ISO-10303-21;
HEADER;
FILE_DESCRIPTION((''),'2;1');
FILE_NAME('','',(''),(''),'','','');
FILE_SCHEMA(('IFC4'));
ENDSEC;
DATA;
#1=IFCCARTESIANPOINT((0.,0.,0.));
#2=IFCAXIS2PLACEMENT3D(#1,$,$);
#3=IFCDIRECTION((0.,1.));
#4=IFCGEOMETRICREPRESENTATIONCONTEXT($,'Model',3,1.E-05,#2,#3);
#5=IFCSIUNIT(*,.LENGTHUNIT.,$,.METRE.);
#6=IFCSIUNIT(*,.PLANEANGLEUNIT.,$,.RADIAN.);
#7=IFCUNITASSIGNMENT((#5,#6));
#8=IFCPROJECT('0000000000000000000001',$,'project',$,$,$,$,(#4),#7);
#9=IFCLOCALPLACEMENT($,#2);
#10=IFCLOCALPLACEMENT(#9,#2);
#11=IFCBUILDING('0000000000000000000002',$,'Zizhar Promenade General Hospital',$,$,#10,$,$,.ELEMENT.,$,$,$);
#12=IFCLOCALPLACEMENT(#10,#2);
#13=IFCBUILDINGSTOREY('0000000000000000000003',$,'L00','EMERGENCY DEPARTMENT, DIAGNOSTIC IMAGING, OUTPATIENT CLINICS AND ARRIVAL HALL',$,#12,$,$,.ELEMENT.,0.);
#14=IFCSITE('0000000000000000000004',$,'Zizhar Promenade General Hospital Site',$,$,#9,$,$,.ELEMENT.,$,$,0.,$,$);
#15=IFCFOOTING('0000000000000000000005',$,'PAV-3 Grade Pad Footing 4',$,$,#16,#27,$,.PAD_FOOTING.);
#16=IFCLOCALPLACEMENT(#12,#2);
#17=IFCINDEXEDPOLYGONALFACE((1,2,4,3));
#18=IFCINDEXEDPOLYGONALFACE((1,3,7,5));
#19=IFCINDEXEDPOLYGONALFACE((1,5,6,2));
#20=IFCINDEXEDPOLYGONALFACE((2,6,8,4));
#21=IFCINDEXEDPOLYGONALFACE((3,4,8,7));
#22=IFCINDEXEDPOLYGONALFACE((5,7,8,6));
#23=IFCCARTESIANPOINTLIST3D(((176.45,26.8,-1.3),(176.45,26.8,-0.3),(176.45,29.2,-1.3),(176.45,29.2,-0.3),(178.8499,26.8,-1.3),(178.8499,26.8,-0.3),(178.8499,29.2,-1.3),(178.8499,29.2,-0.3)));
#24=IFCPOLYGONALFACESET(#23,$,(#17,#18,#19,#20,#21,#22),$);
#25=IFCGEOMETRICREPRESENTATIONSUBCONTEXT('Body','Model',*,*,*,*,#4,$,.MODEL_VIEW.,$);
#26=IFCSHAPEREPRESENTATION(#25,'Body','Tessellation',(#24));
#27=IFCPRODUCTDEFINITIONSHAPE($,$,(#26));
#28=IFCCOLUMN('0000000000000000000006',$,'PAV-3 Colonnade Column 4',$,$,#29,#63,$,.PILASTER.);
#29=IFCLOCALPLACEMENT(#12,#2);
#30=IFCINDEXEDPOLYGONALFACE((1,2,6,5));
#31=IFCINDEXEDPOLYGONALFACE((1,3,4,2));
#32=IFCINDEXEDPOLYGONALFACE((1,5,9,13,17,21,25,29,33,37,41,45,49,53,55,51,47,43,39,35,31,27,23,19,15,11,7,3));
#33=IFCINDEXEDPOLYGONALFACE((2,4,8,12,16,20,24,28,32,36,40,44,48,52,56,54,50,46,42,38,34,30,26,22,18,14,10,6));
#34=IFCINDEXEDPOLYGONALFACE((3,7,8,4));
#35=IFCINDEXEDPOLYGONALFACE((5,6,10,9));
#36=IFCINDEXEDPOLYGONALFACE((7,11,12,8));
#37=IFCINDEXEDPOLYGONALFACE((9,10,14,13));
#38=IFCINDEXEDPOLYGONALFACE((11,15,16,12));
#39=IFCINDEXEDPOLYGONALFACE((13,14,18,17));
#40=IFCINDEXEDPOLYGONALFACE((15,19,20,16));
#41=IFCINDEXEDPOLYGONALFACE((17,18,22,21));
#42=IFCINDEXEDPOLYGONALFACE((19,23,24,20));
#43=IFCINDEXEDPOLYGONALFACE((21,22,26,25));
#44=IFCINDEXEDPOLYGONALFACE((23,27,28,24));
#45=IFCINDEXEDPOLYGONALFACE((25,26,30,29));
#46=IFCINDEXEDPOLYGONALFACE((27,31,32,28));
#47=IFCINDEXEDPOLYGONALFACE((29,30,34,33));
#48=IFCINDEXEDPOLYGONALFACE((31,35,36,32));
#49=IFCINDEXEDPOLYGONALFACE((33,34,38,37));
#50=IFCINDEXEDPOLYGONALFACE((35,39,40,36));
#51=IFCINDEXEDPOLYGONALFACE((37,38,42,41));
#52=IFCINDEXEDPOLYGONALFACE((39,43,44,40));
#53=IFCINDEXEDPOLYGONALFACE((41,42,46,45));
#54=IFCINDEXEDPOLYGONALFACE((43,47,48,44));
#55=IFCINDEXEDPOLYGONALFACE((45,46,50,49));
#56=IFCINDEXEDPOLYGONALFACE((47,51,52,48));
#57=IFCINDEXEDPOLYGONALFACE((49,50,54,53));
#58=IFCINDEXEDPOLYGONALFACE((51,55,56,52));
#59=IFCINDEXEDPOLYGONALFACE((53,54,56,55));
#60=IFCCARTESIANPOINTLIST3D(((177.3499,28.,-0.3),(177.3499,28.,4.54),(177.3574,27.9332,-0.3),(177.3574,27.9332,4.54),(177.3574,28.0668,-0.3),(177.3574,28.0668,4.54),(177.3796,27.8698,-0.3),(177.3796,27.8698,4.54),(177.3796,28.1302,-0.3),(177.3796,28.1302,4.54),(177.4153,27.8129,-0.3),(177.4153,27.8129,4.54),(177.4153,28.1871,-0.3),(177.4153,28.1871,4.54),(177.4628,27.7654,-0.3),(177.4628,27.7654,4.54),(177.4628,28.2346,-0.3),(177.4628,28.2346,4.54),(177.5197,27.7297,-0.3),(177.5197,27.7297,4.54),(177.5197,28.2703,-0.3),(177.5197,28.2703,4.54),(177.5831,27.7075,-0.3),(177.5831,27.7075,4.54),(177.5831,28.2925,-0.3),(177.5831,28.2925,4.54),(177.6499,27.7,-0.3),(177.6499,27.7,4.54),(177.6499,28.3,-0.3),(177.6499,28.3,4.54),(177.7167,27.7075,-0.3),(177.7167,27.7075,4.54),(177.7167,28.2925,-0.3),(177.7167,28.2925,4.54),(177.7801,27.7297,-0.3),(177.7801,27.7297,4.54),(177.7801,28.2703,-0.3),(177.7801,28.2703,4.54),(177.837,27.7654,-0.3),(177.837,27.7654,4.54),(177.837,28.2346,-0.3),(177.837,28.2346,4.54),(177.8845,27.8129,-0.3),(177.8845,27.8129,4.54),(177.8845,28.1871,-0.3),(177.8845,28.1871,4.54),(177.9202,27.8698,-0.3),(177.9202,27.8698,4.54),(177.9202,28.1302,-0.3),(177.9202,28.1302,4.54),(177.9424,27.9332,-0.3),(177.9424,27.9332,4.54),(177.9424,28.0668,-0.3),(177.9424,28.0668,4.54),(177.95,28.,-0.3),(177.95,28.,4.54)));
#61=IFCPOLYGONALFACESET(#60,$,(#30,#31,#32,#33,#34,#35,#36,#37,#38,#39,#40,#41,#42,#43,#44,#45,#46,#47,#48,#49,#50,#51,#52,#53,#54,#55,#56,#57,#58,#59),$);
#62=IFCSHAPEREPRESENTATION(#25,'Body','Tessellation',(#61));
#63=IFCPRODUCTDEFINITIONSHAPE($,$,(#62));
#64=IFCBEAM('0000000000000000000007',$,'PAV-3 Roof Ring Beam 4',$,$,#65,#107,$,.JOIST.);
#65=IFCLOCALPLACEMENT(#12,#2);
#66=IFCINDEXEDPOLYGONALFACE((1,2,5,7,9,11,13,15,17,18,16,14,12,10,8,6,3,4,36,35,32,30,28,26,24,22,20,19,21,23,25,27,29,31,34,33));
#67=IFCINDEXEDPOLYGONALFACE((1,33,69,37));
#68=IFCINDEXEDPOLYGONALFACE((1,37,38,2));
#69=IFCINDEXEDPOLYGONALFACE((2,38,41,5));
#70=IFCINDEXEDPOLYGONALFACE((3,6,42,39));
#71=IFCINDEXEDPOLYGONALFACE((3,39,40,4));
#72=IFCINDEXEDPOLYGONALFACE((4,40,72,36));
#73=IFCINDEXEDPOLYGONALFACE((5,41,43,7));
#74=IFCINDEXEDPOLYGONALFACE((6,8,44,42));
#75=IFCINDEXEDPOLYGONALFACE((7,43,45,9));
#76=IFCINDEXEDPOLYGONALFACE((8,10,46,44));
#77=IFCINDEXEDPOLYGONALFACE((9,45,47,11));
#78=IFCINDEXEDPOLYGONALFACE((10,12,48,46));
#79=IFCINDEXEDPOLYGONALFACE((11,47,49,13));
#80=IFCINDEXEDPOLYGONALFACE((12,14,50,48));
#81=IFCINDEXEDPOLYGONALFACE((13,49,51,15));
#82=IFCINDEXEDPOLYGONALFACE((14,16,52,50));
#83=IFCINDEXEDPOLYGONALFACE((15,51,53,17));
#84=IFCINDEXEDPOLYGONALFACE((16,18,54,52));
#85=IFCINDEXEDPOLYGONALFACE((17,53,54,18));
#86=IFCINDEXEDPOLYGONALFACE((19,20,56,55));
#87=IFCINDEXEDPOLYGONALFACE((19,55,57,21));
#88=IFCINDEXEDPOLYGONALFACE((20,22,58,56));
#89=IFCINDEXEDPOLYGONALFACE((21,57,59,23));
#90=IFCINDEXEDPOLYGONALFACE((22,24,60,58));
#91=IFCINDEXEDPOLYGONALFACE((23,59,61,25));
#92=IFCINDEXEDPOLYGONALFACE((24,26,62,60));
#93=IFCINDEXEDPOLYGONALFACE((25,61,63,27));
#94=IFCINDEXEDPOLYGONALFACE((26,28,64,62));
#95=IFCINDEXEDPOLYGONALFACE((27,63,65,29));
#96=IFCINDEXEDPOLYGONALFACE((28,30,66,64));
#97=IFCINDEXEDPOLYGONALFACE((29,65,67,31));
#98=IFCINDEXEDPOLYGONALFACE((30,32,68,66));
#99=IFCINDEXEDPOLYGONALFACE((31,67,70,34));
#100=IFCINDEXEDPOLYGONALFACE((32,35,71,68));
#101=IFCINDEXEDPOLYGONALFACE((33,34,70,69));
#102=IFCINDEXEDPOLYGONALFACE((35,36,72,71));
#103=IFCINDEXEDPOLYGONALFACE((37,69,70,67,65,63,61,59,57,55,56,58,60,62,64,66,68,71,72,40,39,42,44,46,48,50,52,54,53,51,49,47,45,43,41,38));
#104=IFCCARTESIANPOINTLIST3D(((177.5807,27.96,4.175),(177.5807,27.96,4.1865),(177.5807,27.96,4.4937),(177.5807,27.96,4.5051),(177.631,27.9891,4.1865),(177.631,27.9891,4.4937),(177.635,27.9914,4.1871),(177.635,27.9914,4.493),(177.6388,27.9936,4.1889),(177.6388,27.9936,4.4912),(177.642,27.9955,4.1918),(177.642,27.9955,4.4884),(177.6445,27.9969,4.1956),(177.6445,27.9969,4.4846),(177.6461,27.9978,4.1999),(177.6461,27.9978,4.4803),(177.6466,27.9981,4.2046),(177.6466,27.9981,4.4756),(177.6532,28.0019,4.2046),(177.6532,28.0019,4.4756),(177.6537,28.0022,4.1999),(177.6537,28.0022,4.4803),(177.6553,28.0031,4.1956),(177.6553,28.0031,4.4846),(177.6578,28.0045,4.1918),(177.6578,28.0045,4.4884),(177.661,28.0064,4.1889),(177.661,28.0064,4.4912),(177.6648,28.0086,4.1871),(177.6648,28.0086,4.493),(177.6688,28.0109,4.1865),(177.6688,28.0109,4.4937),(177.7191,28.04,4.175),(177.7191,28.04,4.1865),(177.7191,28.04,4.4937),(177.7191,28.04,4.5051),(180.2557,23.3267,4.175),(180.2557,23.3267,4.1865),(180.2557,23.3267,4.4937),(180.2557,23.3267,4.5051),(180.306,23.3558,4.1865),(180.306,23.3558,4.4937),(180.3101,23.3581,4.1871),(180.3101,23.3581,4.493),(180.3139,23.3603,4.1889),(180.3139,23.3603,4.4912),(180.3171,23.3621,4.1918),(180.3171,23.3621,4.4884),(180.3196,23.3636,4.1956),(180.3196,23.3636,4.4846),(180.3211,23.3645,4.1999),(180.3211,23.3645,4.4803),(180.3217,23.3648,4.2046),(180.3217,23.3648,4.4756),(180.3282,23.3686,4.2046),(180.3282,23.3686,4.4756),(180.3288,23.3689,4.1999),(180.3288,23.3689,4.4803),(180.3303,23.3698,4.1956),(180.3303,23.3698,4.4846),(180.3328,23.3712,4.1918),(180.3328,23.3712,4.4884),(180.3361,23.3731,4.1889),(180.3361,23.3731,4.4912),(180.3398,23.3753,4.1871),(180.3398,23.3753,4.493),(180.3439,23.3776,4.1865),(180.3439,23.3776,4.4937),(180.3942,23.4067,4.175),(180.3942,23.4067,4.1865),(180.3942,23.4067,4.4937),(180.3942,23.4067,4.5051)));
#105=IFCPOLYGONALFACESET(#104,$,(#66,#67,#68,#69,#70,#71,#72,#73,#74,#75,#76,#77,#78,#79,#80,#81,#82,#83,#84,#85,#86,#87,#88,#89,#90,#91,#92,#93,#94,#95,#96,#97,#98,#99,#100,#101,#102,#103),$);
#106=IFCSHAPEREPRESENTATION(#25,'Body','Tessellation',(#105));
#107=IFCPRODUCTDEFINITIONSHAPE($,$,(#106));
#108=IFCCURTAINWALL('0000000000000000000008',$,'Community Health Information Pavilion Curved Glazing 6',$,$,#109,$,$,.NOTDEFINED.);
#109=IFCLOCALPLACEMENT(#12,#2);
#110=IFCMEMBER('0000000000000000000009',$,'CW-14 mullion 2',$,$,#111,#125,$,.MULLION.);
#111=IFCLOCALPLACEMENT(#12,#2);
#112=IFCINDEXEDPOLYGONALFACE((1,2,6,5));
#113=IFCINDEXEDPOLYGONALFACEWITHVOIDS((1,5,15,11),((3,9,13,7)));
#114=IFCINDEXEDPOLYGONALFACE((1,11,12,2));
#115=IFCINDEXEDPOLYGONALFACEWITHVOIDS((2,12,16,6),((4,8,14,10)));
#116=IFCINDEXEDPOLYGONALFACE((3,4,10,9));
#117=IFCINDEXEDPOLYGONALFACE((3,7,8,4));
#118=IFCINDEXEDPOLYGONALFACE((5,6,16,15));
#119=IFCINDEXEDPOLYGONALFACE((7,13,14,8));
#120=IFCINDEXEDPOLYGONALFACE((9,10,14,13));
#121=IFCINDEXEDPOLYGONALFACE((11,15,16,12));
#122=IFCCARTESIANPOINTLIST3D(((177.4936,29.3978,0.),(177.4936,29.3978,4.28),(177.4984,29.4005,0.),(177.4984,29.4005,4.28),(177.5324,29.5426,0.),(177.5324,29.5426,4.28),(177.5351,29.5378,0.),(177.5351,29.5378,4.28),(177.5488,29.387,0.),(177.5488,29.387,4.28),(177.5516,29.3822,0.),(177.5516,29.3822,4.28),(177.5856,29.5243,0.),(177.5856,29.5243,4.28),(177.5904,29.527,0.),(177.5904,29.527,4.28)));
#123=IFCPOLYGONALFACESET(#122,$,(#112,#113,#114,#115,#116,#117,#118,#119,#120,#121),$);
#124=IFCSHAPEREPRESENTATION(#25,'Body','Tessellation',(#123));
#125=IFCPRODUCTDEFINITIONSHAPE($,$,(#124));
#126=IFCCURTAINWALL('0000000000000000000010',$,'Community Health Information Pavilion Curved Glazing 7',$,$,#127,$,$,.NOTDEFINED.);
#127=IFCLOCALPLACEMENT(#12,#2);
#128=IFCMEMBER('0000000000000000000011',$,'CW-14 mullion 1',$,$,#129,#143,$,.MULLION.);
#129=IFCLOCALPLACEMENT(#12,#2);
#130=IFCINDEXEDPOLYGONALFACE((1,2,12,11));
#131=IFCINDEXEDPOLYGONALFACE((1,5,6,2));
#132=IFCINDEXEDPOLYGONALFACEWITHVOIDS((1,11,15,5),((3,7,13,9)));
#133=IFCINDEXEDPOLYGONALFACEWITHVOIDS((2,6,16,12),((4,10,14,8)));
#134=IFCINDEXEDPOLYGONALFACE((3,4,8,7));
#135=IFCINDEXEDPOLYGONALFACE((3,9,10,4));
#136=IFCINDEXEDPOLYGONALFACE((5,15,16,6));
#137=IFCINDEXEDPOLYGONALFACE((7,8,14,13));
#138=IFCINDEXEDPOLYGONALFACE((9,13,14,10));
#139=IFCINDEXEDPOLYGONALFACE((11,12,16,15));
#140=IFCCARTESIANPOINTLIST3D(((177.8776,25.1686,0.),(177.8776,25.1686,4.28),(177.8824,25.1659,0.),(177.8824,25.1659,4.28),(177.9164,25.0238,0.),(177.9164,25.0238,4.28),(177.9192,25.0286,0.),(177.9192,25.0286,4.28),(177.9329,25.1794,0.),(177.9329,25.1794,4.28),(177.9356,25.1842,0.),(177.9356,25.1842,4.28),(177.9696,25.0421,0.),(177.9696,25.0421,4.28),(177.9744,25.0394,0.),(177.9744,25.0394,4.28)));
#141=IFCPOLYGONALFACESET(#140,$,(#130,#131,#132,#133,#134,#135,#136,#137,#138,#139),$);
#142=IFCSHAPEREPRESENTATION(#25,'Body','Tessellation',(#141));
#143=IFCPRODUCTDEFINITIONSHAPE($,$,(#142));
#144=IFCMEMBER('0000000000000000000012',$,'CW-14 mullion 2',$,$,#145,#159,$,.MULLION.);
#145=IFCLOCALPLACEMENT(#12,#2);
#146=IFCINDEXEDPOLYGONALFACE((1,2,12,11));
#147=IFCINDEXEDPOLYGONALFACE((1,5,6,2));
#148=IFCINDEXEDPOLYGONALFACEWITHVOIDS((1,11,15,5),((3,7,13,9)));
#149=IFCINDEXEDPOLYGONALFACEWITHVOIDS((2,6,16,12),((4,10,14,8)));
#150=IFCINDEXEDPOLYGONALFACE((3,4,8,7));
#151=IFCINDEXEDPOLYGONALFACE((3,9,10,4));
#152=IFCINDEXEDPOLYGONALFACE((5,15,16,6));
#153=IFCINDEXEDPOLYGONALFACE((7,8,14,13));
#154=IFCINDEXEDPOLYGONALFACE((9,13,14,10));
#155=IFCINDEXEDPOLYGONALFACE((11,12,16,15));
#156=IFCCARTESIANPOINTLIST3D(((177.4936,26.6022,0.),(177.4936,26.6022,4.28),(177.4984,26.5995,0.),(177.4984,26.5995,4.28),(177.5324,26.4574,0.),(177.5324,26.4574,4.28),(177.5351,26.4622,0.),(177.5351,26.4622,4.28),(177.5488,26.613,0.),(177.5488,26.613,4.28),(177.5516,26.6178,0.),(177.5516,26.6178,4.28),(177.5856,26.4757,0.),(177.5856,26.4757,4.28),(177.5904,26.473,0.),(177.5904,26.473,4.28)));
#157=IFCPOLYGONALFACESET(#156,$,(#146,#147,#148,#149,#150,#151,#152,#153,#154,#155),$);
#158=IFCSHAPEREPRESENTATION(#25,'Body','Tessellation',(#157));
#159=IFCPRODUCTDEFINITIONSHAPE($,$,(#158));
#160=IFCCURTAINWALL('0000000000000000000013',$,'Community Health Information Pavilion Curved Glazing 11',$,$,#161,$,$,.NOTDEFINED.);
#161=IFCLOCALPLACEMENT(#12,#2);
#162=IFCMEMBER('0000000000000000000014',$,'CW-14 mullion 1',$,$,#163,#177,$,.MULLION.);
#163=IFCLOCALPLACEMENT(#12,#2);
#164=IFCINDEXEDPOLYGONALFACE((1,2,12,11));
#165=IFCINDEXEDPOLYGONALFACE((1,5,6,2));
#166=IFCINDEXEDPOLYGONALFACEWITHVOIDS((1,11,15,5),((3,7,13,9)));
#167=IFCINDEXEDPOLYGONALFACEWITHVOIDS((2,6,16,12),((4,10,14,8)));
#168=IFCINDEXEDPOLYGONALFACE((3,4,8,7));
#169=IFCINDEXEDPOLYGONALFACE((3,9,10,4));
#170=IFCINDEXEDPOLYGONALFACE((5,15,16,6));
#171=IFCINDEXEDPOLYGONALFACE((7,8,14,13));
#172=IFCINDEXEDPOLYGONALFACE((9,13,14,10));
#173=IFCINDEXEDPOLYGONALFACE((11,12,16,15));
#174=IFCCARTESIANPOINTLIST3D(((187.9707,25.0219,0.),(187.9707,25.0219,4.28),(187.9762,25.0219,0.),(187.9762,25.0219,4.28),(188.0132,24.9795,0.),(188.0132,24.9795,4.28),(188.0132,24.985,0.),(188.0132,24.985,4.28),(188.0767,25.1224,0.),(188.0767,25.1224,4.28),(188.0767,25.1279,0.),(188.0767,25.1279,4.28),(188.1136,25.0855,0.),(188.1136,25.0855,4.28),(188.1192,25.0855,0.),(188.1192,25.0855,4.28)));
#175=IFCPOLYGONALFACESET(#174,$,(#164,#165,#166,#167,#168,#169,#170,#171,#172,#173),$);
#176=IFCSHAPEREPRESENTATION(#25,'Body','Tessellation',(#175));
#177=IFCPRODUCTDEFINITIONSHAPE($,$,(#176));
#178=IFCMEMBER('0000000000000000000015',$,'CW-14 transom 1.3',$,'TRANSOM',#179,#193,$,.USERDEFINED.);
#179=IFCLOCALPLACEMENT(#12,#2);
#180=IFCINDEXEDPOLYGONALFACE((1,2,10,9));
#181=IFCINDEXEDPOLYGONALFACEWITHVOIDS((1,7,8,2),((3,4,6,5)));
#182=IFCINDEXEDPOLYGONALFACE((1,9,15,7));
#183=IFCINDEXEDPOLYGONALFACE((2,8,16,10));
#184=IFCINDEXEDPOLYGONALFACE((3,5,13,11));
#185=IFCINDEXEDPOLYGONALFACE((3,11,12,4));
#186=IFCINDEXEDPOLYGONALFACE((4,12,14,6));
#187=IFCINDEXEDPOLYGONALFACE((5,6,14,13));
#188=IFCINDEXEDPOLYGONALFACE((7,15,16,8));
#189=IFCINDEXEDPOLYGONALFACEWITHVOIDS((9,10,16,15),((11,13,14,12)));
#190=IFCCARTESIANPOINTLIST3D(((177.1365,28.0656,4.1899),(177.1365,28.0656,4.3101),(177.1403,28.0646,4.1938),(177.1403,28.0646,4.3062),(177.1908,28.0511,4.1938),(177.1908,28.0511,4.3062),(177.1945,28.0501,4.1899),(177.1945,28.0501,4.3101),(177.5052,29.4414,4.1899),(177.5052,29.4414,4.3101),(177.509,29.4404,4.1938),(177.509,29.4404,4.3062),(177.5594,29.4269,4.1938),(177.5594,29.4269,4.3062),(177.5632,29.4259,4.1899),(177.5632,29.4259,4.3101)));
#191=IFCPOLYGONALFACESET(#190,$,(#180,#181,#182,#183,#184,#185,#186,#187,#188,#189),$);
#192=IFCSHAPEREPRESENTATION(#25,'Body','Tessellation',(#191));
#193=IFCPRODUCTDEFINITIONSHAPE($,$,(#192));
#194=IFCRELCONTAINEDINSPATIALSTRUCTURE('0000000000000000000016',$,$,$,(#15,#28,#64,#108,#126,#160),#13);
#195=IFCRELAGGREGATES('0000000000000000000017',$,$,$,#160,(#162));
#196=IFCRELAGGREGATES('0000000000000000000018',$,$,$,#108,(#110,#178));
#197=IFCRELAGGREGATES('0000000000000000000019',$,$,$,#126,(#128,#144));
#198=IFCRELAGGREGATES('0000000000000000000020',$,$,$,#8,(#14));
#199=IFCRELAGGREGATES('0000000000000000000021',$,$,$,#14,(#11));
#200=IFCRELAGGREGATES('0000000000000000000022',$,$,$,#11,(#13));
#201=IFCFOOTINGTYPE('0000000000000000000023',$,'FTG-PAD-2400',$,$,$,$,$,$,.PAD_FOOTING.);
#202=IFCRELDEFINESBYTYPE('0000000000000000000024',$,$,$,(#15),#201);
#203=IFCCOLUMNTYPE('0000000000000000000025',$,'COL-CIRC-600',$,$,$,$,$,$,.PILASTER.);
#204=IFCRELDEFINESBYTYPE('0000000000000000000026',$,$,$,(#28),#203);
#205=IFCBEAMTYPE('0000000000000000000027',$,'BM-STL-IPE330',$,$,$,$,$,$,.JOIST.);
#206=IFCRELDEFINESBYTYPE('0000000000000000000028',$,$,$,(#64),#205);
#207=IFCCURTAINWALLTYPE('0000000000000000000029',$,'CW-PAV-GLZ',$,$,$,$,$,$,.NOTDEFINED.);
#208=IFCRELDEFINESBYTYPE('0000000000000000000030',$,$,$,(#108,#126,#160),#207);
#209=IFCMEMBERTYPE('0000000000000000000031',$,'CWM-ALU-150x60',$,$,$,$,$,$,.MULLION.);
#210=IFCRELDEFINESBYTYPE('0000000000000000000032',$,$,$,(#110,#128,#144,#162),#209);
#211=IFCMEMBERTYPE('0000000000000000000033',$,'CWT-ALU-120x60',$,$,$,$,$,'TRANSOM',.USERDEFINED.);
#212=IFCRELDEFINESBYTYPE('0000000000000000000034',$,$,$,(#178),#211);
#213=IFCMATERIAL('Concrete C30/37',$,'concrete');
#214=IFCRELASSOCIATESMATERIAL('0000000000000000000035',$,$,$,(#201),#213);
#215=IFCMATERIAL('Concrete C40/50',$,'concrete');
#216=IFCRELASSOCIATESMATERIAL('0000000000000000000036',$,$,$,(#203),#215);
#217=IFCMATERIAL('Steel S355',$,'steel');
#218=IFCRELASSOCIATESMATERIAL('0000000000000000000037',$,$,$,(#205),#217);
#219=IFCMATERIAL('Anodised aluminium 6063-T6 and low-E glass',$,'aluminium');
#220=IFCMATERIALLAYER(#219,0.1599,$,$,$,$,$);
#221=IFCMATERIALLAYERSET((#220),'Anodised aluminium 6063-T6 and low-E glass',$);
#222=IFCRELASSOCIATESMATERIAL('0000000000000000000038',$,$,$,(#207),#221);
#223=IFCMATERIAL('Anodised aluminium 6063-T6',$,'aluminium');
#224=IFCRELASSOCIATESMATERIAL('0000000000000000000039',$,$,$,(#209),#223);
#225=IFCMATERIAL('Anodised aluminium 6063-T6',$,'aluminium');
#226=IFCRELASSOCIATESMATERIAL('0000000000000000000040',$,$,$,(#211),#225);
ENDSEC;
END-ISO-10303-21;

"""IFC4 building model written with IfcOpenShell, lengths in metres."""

from ifc_helpers import new_model, si_unit, direction, frame, origin, origin_2d, place, context, subcontext, project, spatial, rectangle, hollow_rectangle, circle, i_section, extrude, material, layer, layer_set, material_profile, profile_set, type_object, element, aggregate, save


model = new_model("IFC4")

# Units and contexts
model_context = context("Model", 3, precision=1e-05, world=origin(), true_north=direction((0.0, 1.0)))
body_context = subcontext(model_context, "Body", "Model", "MODEL_VIEW")
ifc_project = project(units=[si_unit("LENGTHUNIT", "METRE"), si_unit("PLANEANGLEUNIT", "RADIAN")], contexts=[model_context])

# Site, building, storey
site_placement = place(None, origin())
site = spatial("IfcSite", under=ifc_project, at=site_placement, Name="Zizhar Promenade General Hospital Site", CompositionType="ELEMENT", RefElevation=0.0)
building_placement = place(site_placement, origin())
building = spatial("IfcBuilding", under=site, at=building_placement, Name="Zizhar Promenade General Hospital", CompositionType="ELEMENT")
storey_placement = place(building_placement, origin())
storey = spatial("IfcBuildingStorey", under=building, at=storey_placement, Name="L00", Description="EMERGENCY DEPARTMENT, DIAGNOSTIC IMAGING, OUTPATIENT CLINICS AND ARRIVAL HALL", CompositionType="ELEMENT", Elevation=0.0)

# Footing
ifc_material_1 = material(Name="Concrete C30/37", Category="concrete")
footing_type = type_object("IfcFootingType", Name="FTG-PAD-2400", PredefinedType="PAD_FOOTING", material=ifc_material_1)
footing_placement = place(storey_placement, frame((177.6499, 28.0, -1.3), z_axis=(0.0, 0.0, 1.0), x_axis=(1.0, 0.0, 0.0)))
element("IfcFooting", 1, at=footing_placement, inside=storey, type_object=footing_type, Name="PAV-3 Grade Pad Footing 4", PredefinedType="PAD_FOOTING", context=body_context, shape_type="SweptSolid", body=[
    extrude(rectangle(XDim=2.3999, YDim=2.3999, at=origin_2d()), origin(), (0.0, 0.0, 1.0), 1.0),
])

# Column
ifc_material_2 = material(Name="Concrete C40/50", Category="concrete")
ifc_material_profile_1 = material_profile(ifc_material_2, circle(Radius=0.3, at=origin_2d()))
ifc_profile_set_1 = profile_set([ifc_material_profile_1], Name="Concrete C40/50")
column_type = type_object("IfcColumnType", Name="COL-CIRC-600", PredefinedType="PILASTER", material=ifc_profile_set_1)
column_placement = place(storey_placement, frame((177.6499, 28.0, -0.3), z_axis=(0.0, 0.0, 1.0), x_axis=(1.0, 0.0, 0.0)))
element("IfcColumn", 2, at=column_placement, inside=storey, type_object=column_type, Name="PAV-3 Colonnade Column 4", PredefinedType="PILASTER", context=body_context, shape_type="SweptSolid", body=[
    extrude(circle(Radius=0.3, at=origin_2d()), origin(), (0.0, 0.0, 1.0), 4.8401),
])

# Beam
ifc_material_3 = material(Name="Steel S355", Category="steel")
ifc_material_profile_2 = material_profile(ifc_material_3, i_section(OverallWidth=0.1599, OverallDepth=0.3301, WebThickness=0.0076, FlangeThickness=0.0115, FilletRadius=0.0181, at=origin_2d()))
ifc_profile_set_2 = profile_set([ifc_material_profile_2], Name="Steel S355")
beam_type = type_object("IfcBeamType", Name="BM-STL-IPE330", PredefinedType="JOIST", material=ifc_profile_set_2)
beam_placement = place(storey_placement, frame((177.6499, 28.0, 4.3401), z_axis=(0.500002, -0.866024, 0.0), x_axis=(0.866024, 0.500002, 0.0)))
element("IfcBeam", 3, at=beam_placement, inside=storey, type_object=beam_type, Name="PAV-3 Roof Ring Beam 4", PredefinedType="JOIST", context=body_context, shape_type="SweptSolid", body=[
    extrude(i_section(OverallWidth=0.1599, OverallDepth=0.3301, WebThickness=0.0076, FlangeThickness=0.0115, FilletRadius=0.0181, at=origin_2d()), origin(), (0.0, 0.0, 1.0), 5.3501),
])

# Curtain wall, member
ifc_material_4 = material(Name="Anodised aluminium 6063-T6 and low-E glass", Category="aluminium")
ifc_layer_1 = layer(ifc_material_4, 0.1599)
ifc_layer_set_1 = layer_set([ifc_layer_1], Name="Anodised aluminium 6063-T6 and low-E glass")
curtain_wall_type = type_object("IfcCurtainWallType", Name="CW-PAV-GLZ", PredefinedType="NOTDEFINED", material=ifc_layer_set_1)
curtain_wall_1_placement = place(storey_placement, origin())
curtain_wall_1 = element("IfcCurtainWall", 4, at=curtain_wall_1_placement, inside=storey, type_object=curtain_wall_type, Name="Community Health Information Pavilion Curved Glazing 6", PredefinedType="NOTDEFINED")
ifc_material_5 = material(Name="Anodised aluminium 6063-T6", Category="aluminium")
ifc_material_profile_3 = material_profile(ifc_material_5, hollow_rectangle(XDim=0.0601, YDim=0.1499, WallThickness=0.0039, at=origin_2d()))
ifc_profile_set_3 = profile_set([ifc_material_profile_3], Name="Anodised aluminium 6063-T6")
member_type_1 = type_object("IfcMemberType", Name="CWM-ALU-150x60", PredefinedType="MULLION", material=ifc_profile_set_3)
member_1_placement = place(storey_placement, frame((177.542, 29.4624, 0.0), z_axis=(0.0, 0.0, 1.0), x_axis=(-0.965922, 0.258834, 0.0)))
member_1 = element("IfcMember", 5, at=member_1_placement, type_object=member_type_1, Name="CW-14 mullion 2", PredefinedType="MULLION", context=body_context, shape_type="SweptSolid", body=[
    extrude(hollow_rectangle(XDim=0.0601, YDim=0.1499, WallThickness=0.0039, at=origin_2d()), origin(), (0.0, 0.0, 1.0), 4.28),
])

# Curtain wall, members
curtain_wall_2_placement = place(storey_placement, origin())
curtain_wall_2 = element("IfcCurtainWall", 6, at=curtain_wall_2_placement, inside=storey, type_object=curtain_wall_type, Name="Community Health Information Pavilion Curved Glazing 7", PredefinedType="NOTDEFINED")
member_2_placement = place(storey_placement, frame((177.926, 25.104, 0.0), z_axis=(0.0, 0.0, 1.0), x_axis=(-0.965922, -0.258834, 0.0)))
member_2 = element("IfcMember", 7, at=member_2_placement, type_object=member_type_1, Name="CW-14 mullion 1", PredefinedType="MULLION", context=body_context, shape_type="SweptSolid", body=[
    extrude(hollow_rectangle(XDim=0.0601, YDim=0.1499, WallThickness=0.0039, at=origin_2d()), origin(), (0.0, 0.0, 1.0), 4.28),
])
member_3_placement = place(storey_placement, frame((177.542, 26.5376, 0.0), z_axis=(0.0, 0.0, 1.0), x_axis=(-0.965922, -0.258834, 0.0)))
member_3 = element("IfcMember", 8, at=member_3_placement, type_object=member_type_1, Name="CW-14 mullion 2", PredefinedType="MULLION", context=body_context, shape_type="SweptSolid", body=[
    extrude(hollow_rectangle(XDim=0.0601, YDim=0.1499, WallThickness=0.0039, at=origin_2d()), origin(), (0.0, 0.0, 1.0), 4.28),
])

# Curtain wall, member
curtain_wall_3_placement = place(storey_placement, origin())
curtain_wall_3 = element("IfcCurtainWall", 9, at=curtain_wall_3_placement, inside=storey, type_object=curtain_wall_type, Name="Community Health Information Pavilion Curved Glazing 11", PredefinedType="NOTDEFINED")
member_4_placement = place(storey_placement, frame((188.0449, 25.0537, 0.0), z_axis=(0.0, 0.0, 1.0), x_axis=(0.707107, -0.707107, 0.0)))
member_4 = element("IfcMember", 10, at=member_4_placement, type_object=member_type_1, Name="CW-14 mullion 1", PredefinedType="MULLION", context=body_context, shape_type="SweptSolid", body=[
    extrude(hollow_rectangle(XDim=0.0601, YDim=0.1499, WallThickness=0.0039, at=origin_2d()), origin(), (0.0, 0.0, 1.0), 4.28),
])
aggregate(curtain_wall_3, [member_4])

# Member
ifc_material_6 = material(Name="Anodised aluminium 6063-T6", Category="aluminium")
ifc_material_profile_4 = material_profile(ifc_material_6, hollow_rectangle(XDim=0.0601, YDim=0.1201, WallThickness=0.0039, at=origin_2d()))
ifc_profile_set_4 = profile_set([ifc_material_profile_4], Name="Anodised aluminium 6063-T6")
member_type_2 = type_object("IfcMemberType", Name="CWT-ALU-120x60", ElementType="TRANSOM", PredefinedType="USERDEFINED", material=ifc_profile_set_4)
member_5_placement = place(storey_placement, frame((177.1655, 28.0579, 4.25), z_axis=(0.258836, 0.965921, 0.0), x_axis=(-0.965921, 0.258836, 0.0)))
member_5 = element("IfcMember", 11, at=member_5_placement, type_object=member_type_2, Name="CW-14 transom 1.3", ObjectType="TRANSOM", PredefinedType="USERDEFINED", context=body_context, shape_type="SweptSolid", body=[
    extrude(hollow_rectangle(XDim=0.0601, YDim=0.1201, WallThickness=0.0039, at=origin_2d()), origin(), (0.0, 0.0, 1.0), 1.4243),
])

aggregate(curtain_wall_1, [member_1, member_5])
aggregate(curtain_wall_2, [member_2, member_3])

save(model, "model.ifc")
